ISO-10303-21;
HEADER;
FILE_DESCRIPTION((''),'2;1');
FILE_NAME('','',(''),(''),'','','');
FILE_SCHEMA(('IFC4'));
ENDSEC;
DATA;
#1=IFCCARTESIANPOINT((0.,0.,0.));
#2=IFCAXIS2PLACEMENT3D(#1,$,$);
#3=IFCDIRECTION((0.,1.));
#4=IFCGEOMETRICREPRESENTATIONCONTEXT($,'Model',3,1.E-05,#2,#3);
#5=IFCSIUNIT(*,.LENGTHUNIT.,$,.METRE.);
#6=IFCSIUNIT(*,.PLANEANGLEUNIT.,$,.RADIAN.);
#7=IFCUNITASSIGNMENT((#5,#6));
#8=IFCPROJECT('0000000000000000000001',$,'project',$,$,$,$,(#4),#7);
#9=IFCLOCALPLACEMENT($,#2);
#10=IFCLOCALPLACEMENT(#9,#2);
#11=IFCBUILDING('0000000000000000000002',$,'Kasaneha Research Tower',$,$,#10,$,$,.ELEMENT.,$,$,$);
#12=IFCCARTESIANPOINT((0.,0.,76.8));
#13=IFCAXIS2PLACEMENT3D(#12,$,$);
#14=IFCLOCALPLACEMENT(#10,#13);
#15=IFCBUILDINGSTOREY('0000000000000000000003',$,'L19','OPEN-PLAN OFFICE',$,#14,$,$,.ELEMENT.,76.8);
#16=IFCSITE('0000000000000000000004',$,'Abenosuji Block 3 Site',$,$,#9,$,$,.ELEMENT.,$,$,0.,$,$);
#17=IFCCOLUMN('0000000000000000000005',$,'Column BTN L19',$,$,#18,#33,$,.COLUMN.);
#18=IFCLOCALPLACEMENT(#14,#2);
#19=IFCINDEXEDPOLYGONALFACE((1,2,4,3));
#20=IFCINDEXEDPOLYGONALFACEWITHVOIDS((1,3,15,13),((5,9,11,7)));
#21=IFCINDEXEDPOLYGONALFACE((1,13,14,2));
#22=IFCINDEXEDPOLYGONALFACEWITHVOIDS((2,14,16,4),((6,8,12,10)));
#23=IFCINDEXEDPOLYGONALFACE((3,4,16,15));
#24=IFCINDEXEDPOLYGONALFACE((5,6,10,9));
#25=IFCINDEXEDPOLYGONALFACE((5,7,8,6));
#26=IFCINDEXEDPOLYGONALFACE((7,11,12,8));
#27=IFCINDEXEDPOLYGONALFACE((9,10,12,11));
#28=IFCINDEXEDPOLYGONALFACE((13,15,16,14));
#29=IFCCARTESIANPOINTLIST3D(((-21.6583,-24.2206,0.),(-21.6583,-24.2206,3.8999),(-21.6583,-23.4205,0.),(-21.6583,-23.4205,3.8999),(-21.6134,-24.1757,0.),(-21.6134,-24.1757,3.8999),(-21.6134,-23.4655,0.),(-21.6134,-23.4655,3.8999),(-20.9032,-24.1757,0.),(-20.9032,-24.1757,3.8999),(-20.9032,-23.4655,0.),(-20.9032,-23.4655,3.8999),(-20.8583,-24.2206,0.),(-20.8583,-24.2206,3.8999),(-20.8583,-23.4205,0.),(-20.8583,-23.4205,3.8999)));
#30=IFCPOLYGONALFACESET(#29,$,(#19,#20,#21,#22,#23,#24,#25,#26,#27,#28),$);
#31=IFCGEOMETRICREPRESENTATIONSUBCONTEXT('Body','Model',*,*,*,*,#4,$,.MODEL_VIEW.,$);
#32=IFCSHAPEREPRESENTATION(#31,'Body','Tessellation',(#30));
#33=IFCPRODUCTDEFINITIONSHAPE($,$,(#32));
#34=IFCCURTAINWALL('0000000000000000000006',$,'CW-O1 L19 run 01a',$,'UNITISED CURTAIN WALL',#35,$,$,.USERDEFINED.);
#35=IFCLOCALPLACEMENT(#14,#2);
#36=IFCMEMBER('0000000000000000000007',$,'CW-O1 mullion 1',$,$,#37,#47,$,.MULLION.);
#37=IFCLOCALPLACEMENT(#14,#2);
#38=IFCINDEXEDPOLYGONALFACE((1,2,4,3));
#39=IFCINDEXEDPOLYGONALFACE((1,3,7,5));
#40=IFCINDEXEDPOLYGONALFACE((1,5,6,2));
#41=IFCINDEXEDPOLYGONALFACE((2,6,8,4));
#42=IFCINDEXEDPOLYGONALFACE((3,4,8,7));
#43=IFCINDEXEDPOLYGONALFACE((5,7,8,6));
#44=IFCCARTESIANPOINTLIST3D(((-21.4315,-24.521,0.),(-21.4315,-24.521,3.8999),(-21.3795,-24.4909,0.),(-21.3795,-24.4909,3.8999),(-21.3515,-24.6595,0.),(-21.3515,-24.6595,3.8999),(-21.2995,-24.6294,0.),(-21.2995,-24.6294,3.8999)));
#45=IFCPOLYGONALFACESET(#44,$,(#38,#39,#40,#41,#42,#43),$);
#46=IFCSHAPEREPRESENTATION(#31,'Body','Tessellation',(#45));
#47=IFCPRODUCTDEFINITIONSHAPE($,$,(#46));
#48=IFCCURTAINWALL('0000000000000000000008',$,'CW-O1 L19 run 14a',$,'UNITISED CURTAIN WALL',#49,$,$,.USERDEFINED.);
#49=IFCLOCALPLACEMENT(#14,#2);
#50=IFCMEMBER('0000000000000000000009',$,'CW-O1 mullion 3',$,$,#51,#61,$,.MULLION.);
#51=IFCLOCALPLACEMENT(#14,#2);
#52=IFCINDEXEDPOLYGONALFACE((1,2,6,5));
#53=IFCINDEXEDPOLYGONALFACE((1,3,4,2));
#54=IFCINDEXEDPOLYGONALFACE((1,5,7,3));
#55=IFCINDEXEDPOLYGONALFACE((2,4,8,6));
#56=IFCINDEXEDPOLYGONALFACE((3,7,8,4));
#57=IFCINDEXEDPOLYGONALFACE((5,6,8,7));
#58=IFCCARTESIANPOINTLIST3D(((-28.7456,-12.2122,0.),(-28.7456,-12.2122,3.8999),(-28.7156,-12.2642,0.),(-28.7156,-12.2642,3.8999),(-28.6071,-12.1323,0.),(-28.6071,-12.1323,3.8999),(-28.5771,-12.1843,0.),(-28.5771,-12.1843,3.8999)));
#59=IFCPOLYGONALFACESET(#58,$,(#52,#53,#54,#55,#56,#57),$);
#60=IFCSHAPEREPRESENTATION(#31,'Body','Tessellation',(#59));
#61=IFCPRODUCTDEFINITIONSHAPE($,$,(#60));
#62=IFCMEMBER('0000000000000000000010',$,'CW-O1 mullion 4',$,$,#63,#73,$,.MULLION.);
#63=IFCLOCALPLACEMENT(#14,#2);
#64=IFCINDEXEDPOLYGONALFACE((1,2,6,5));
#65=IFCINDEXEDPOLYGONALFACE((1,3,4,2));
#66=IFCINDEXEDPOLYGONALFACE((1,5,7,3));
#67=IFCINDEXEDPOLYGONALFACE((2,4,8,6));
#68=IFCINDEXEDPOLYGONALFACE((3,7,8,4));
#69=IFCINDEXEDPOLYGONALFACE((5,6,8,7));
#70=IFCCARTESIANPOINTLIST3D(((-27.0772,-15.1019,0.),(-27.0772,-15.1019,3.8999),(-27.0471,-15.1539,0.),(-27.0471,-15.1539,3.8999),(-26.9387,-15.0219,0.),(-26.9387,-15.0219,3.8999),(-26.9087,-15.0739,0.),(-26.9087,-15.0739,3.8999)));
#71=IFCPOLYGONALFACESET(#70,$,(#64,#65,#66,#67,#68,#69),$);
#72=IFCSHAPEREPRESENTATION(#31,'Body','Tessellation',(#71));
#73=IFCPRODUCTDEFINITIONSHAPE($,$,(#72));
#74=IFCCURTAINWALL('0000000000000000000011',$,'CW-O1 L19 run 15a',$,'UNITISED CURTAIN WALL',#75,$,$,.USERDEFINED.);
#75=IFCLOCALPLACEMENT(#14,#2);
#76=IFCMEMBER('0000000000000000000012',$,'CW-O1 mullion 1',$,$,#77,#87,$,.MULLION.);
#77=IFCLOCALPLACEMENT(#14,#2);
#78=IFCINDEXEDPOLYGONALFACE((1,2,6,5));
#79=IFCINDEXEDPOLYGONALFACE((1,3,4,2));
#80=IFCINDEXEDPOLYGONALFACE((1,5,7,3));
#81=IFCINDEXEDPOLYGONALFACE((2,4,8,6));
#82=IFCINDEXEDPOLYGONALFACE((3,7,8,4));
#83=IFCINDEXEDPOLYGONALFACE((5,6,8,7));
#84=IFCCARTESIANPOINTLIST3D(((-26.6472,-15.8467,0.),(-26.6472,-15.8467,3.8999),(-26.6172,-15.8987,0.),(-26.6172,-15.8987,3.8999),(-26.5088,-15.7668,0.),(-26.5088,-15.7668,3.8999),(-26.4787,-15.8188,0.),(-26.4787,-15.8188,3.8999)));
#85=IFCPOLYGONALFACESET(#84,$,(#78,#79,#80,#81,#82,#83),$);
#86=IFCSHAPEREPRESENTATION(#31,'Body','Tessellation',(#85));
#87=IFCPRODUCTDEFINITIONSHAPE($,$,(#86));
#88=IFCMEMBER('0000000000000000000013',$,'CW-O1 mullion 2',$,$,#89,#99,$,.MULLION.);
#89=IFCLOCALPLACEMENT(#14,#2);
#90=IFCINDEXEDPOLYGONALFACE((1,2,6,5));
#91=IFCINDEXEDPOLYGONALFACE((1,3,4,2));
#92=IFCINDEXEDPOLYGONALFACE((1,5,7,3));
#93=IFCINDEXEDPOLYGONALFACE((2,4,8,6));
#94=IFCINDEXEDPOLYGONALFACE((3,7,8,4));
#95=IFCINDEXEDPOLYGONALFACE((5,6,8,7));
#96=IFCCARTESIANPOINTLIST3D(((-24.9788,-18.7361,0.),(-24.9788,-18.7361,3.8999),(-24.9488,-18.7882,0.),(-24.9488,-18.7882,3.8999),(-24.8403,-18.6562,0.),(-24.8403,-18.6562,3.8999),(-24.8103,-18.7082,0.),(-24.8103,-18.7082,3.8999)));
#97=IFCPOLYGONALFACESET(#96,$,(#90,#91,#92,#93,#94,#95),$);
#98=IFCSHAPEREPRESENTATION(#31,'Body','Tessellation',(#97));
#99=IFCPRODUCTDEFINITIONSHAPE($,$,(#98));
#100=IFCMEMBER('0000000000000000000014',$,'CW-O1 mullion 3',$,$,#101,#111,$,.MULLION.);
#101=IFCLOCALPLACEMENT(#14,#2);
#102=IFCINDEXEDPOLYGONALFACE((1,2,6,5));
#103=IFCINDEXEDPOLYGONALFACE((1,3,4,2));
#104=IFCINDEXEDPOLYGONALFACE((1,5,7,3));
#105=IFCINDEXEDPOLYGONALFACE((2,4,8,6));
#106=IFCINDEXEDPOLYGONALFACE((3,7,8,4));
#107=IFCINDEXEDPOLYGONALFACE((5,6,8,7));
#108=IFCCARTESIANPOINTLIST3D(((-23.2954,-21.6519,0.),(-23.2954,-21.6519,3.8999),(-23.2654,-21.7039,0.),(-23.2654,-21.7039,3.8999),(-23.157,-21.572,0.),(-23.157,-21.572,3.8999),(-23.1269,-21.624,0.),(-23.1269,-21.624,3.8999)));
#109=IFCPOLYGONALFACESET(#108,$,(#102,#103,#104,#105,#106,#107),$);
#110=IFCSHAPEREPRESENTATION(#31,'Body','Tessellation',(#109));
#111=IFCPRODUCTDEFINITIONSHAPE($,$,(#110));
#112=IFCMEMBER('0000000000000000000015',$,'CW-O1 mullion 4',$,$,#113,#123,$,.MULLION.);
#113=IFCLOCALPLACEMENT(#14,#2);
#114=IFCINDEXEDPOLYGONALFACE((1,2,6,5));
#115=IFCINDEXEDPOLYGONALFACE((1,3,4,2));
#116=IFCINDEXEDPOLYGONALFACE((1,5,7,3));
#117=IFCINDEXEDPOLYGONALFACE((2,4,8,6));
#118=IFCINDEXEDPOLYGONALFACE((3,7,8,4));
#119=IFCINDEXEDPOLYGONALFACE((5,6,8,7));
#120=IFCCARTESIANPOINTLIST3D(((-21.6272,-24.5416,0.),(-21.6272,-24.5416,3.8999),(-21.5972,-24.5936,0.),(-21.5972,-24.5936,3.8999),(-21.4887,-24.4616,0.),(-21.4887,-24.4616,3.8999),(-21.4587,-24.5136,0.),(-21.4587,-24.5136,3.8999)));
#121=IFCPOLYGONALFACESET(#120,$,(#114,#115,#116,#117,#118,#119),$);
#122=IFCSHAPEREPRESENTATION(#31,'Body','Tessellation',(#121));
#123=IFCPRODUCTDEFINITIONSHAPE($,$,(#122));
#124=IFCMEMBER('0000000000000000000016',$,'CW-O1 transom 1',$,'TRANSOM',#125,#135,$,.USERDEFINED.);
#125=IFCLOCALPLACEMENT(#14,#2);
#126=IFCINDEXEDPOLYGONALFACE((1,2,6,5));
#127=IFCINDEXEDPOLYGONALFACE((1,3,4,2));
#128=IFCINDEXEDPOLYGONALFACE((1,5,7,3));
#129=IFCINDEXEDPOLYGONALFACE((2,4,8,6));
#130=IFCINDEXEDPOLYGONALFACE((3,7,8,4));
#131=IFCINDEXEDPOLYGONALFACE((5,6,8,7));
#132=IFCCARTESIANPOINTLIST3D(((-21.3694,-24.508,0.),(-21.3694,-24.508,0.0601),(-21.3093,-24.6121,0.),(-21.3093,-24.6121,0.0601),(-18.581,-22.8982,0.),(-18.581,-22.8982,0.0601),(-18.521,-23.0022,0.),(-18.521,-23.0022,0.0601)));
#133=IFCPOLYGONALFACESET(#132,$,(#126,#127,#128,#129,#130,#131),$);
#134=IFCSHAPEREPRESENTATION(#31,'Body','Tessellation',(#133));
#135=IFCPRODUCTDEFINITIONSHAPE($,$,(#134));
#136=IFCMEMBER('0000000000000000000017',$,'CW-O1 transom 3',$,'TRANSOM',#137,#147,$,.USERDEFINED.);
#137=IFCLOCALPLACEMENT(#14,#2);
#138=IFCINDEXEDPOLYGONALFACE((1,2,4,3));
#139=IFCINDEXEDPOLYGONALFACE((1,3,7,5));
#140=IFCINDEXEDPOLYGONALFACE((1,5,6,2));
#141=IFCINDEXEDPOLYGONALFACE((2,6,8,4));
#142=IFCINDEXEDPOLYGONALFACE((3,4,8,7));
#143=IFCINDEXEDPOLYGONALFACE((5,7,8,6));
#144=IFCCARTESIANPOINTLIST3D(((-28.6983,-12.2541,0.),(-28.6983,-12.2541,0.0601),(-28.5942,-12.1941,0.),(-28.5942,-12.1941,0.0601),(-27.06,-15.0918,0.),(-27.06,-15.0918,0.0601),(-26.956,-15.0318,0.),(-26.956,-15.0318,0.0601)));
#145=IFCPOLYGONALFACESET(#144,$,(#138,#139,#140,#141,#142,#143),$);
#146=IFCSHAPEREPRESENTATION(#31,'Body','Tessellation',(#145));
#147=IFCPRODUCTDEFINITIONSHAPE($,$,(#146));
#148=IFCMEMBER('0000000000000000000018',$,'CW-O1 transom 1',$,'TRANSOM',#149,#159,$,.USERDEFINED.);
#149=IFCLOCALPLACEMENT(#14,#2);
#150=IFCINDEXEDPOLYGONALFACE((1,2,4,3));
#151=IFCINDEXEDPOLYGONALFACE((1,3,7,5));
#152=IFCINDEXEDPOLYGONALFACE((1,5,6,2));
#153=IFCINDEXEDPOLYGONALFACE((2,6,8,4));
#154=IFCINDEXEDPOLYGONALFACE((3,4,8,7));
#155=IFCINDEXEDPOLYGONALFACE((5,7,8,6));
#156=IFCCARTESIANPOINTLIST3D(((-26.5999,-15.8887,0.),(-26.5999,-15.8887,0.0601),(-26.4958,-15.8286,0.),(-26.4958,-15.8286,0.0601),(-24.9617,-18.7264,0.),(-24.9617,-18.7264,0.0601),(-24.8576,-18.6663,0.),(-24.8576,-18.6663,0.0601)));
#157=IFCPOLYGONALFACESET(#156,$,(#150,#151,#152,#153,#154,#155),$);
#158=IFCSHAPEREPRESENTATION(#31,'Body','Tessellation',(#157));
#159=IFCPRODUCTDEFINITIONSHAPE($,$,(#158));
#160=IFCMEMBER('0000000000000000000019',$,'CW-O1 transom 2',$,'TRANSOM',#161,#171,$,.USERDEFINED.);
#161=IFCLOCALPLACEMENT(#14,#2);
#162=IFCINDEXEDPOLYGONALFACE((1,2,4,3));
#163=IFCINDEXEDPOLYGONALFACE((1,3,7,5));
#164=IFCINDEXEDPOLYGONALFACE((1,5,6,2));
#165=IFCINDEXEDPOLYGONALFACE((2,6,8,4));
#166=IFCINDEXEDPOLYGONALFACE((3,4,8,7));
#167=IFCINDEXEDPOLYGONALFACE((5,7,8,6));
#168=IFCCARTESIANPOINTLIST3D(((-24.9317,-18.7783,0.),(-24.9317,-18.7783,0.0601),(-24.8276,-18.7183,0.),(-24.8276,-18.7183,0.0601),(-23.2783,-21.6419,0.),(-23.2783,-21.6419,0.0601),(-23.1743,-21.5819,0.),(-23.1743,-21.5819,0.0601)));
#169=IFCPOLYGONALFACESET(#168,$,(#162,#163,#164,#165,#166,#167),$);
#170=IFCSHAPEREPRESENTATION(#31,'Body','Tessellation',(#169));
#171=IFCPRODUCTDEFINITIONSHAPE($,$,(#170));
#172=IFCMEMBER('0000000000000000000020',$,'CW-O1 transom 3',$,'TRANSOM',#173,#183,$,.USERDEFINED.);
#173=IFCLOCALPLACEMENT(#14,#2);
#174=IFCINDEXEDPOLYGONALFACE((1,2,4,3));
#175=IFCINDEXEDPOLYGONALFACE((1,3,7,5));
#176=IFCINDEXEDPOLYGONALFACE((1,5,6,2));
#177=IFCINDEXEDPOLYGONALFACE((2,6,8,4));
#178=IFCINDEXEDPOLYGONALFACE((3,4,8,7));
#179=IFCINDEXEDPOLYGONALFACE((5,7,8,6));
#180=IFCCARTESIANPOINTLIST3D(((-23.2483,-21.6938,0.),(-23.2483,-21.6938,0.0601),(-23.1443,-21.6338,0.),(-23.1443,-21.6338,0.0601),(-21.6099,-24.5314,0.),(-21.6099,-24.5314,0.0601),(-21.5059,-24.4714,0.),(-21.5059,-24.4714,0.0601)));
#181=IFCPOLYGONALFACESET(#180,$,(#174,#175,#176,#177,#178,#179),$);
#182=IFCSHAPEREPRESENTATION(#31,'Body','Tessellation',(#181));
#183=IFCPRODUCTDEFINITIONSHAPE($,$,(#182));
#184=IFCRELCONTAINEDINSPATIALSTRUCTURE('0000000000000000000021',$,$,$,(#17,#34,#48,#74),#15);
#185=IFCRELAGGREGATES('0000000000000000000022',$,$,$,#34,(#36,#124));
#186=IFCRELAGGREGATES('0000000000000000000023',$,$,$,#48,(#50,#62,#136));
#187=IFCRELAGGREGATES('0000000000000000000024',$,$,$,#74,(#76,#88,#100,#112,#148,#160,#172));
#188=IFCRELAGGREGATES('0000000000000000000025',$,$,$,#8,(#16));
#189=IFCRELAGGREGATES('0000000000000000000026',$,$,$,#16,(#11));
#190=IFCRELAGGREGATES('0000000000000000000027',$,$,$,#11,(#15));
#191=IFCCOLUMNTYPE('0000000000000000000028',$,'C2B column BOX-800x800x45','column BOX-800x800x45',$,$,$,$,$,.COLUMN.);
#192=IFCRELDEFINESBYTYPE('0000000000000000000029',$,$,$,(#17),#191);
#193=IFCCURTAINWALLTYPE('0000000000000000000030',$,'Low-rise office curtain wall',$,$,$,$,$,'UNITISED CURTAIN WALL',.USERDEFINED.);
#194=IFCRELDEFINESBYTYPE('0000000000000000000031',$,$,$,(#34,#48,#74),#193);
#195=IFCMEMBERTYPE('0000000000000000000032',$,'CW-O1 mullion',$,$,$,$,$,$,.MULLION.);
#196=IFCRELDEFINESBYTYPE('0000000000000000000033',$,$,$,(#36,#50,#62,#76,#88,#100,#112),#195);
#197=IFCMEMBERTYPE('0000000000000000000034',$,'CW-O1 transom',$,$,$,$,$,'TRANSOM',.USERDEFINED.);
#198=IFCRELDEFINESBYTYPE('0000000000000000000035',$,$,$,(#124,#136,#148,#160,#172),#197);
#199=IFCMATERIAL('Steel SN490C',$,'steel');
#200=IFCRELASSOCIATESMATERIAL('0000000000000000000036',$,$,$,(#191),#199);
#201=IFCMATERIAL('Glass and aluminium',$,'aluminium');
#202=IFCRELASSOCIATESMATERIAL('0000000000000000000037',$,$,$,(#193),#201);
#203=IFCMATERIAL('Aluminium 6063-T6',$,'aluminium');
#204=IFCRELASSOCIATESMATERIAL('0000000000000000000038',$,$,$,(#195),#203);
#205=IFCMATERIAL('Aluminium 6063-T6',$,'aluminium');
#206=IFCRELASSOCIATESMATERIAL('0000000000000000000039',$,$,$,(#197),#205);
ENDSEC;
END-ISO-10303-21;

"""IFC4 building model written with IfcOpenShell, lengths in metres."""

from ifc_helpers import new_model, si_unit, direction, frame, origin, origin_2d, place, context, subcontext, project, spatial, rectangle, hollow_rectangle, extrude, material, material_profile, profile_set, type_object, element, aggregate, save


model = new_model("IFC4")

# Units and contexts
model_context = context("Model", 3, precision=1e-05, world=origin(), true_north=direction((0.0, 1.0)))
body_context = subcontext(model_context, "Body", "Model", "MODEL_VIEW")
ifc_project = project(units=[si_unit("LENGTHUNIT", "METRE"), si_unit("PLANEANGLEUNIT", "RADIAN")], contexts=[model_context])

# Site, building, storey
site_placement = place(None, origin())
site = spatial("IfcSite", under=ifc_project, at=site_placement, Name="Abenosuji Block 3 Site", CompositionType="ELEMENT", RefElevation=0.0)
building_placement = place(site_placement, origin())
building = spatial("IfcBuilding", under=site, at=building_placement, Name="Kasaneha Research Tower", CompositionType="ELEMENT")
storey_placement = place(building_placement, frame((0.0, 0.0, 76.8)))
storey = spatial("IfcBuildingStorey", under=building, at=storey_placement, Name="L19", Description="OPEN-PLAN OFFICE", CompositionType="ELEMENT", Elevation=76.8)

# Column
ifc_material_1 = material(Name="Steel SN490C", Category="steel")
ifc_material_profile_1 = material_profile(ifc_material_1, hollow_rectangle(XDim=0.8, YDim=0.8, WallThickness=0.0449, at=origin_2d()), Name="BOX-800x800x45")
ifc_profile_set_1 = profile_set([ifc_material_profile_1], Name="Steel SN490C")
column_type = type_object("IfcColumnType", Name="C2B column BOX-800x800x45", Description="column BOX-800x800x45", PredefinedType="COLUMN", material=ifc_profile_set_1)
column_placement = place(storey_placement, frame((-21.2583, -23.8206, 0.0), z_axis=(0.0, 0.0, 1.0), x_axis=(1.0, 0.0, 0.0)))
element("IfcColumn", 1, at=column_placement, inside=storey, type_object=column_type, Name="Column BTN L19", PredefinedType="COLUMN", context=body_context, shape_type="SweptSolid", body=[
    extrude(hollow_rectangle(XDim=0.8, YDim=0.8, WallThickness=0.0449, at=origin_2d()), origin(), (0.0, 0.0, 1.0), 3.8999),
])

# Curtain wall, member
ifc_material_2 = material(Name="Glass and aluminium", Category="aluminium")
curtain_wall_type = type_object("IfcCurtainWallType", Name="Low-rise office curtain wall", ElementType="UNITISED CURTAIN WALL", PredefinedType="USERDEFINED", material=ifc_material_2)
curtain_wall_1_placement = place(storey_placement, origin())
curtain_wall_1 = element("IfcCurtainWall", 2, at=curtain_wall_1_placement, inside=storey, type_object=curtain_wall_type, Name="CW-O1 L19 run 01a", ObjectType="UNITISED CURTAIN WALL", PredefinedType="USERDEFINED")
ifc_material_3 = material(Name="Aluminium 6063-T6", Category="aluminium")
ifc_material_profile_2 = material_profile(ifc_material_3, rectangle(XDim=0.0601, YDim=0.1599, at=origin_2d()), Name="CW-O1 mullion 60x160")
ifc_profile_set_2 = profile_set([ifc_material_profile_2], Name="Aluminium 6063-T6")
member_type_1 = type_object("IfcMemberType", Name="CW-O1 mullion", PredefinedType="MULLION", material=ifc_profile_set_2)
member_1_placement = place(storey_placement, frame((-21.3655, -24.5752, 0.0), z_axis=(0.0, 0.0, 1.0), x_axis=(0.866025, 0.5, 0.0)))
member_1 = element("IfcMember", 3, at=member_1_placement, type_object=member_type_1, Name="CW-O1 mullion 1", PredefinedType="MULLION", context=body_context, shape_type="SweptSolid", body=[
    extrude(rectangle(XDim=0.0601, YDim=0.1599, at=origin_2d()), origin(), (0.0, 0.0, 1.0), 3.8999),
])

# Curtain walls, members
curtain_wall_2_placement = place(storey_placement, origin())
curtain_wall_2 = element("IfcCurtainWall", 4, at=curtain_wall_2_placement, inside=storey, type_object=curtain_wall_type, Name="CW-O1 L19 run 14a", ObjectType="UNITISED CURTAIN WALL", PredefinedType="USERDEFINED")
member_2_placement = place(storey_placement, frame((-28.6614, -12.1982, 0.0), z_axis=(0.0, 0.0, 1.0), x_axis=(0.5, -0.866025, 0.0)))
member_2 = element("IfcMember", 5, at=member_2_placement, type_object=member_type_1, Name="CW-O1 mullion 3", PredefinedType="MULLION", context=body_context, shape_type="SweptSolid", body=[
    extrude(rectangle(XDim=0.0601, YDim=0.1599, at=origin_2d()), origin(), (0.0, 0.0, 1.0), 3.8999),
])
member_3_placement = place(storey_placement, frame((-26.9929, -15.0879, 0.0), z_axis=(0.0, 0.0, 1.0), x_axis=(0.5, -0.866025, 0.0)))
member_3 = element("IfcMember", 6, at=member_3_placement, type_object=member_type_1, Name="CW-O1 mullion 4", PredefinedType="MULLION", context=body_context, shape_type="SweptSolid", body=[
    extrude(rectangle(XDim=0.0601, YDim=0.1599, at=origin_2d()), origin(), (0.0, 0.0, 1.0), 3.8999),
])
curtain_wall_3_placement = place(storey_placement, origin())
curtain_wall_3 = element("IfcCurtainWall", 7, at=curtain_wall_3_placement, inside=storey, type_object=curtain_wall_type, Name="CW-O1 L19 run 15a", ObjectType="UNITISED CURTAIN WALL", PredefinedType="USERDEFINED")
member_4_placement = place(storey_placement, frame((-26.563, -15.8328, 0.0), z_axis=(0.0, 0.0, 1.0), x_axis=(0.5, -0.866025, 0.0)))
member_4 = element("IfcMember", 8, at=member_4_placement, type_object=member_type_1, Name="CW-O1 mullion 1", PredefinedType="MULLION", context=body_context, shape_type="SweptSolid", body=[
    extrude(rectangle(XDim=0.0601, YDim=0.1599, at=origin_2d()), origin(), (0.0, 0.0, 1.0), 3.8999),
])
member_5_placement = place(storey_placement, frame((-24.8945, -18.7222, 0.0), z_axis=(0.0, 0.0, 1.0), x_axis=(0.5, -0.866025, 0.0)))
member_5 = element("IfcMember", 9, at=member_5_placement, type_object=member_type_1, Name="CW-O1 mullion 2", PredefinedType="MULLION", context=body_context, shape_type="SweptSolid", body=[
    extrude(rectangle(XDim=0.0601, YDim=0.1599, at=origin_2d()), origin(), (0.0, 0.0, 1.0), 3.8999),
])
member_6_placement = place(storey_placement, frame((-23.2112, -21.6379, 0.0), z_axis=(0.0, 0.0, 1.0), x_axis=(0.5, -0.866025, 0.0)))
member_6 = element("IfcMember", 10, at=member_6_placement, type_object=member_type_1, Name="CW-O1 mullion 3", PredefinedType="MULLION", context=body_context, shape_type="SweptSolid", body=[
    extrude(rectangle(XDim=0.0601, YDim=0.1599, at=origin_2d()), origin(), (0.0, 0.0, 1.0), 3.8999),
])
member_7_placement = place(storey_placement, frame((-21.543, -24.5276, 0.0), z_axis=(0.0, 0.0, 1.0), x_axis=(0.5, -0.866025, 0.0)))
member_7 = element("IfcMember", 11, at=member_7_placement, type_object=member_type_1, Name="CW-O1 mullion 4", PredefinedType="MULLION", context=body_context, shape_type="SweptSolid", body=[
    extrude(rectangle(XDim=0.0601, YDim=0.1599, at=origin_2d()), origin(), (0.0, 0.0, 1.0), 3.8999),
])

# Members
ifc_material_4 = material(Name="Aluminium 6063-T6", Category="aluminium")
ifc_material_profile_3 = material_profile(ifc_material_4, rectangle(XDim=0.1201, YDim=0.0601, at=origin_2d()), Name="CW-O1 transom 120x60")
ifc_profile_set_3 = profile_set([ifc_material_profile_3], Name="Aluminium 6063-T6")
member_type_2 = type_object("IfcMemberType", Name="CW-O1 transom", ElementType="TRANSOM", PredefinedType="USERDEFINED", material=ifc_profile_set_3)
member_8_placement = place(storey_placement, frame((-21.3394, -24.5601, 0.03), z_axis=(0.866023, 0.500005, 0.0), x_axis=(-0.500005, 0.866023, 0.0)))
member_8 = element("IfcMember", 12, at=member_8_placement, type_object=member_type_2, Name="CW-O1 transom 1", ObjectType="TRANSOM", PredefinedType="USERDEFINED", context=body_context, shape_type="SweptSolid", body=[
    extrude(rectangle(XDim=0.1201, YDim=0.0601, at=origin_2d()), origin(), (0.0, 0.0, 1.0), 3.2197),
])
member_9_placement = place(storey_placement, frame((-28.6462, -12.2241, 0.03), z_axis=(0.49997, -0.866043, 0.0), x_axis=(0.866043, 0.49997, 0.0)))
member_9 = element("IfcMember", 13, at=member_9_placement, type_object=member_type_2, Name="CW-O1 transom 3", ObjectType="TRANSOM", PredefinedType="USERDEFINED", context=body_context, shape_type="SweptSolid", body=[
    extrude(rectangle(XDim=0.1201, YDim=0.0601, at=origin_2d()), origin(), (0.0, 0.0, 1.0), 3.2766),
])
member_10_placement = place(storey_placement, frame((-26.5479, -15.8586, 0.03), z_axis=(0.49997, -0.866043, 0.0), x_axis=(0.866043, 0.49997, 0.0)))
member_10 = element("IfcMember", 14, at=member_10_placement, type_object=member_type_2, Name="CW-O1 transom 1", ObjectType="TRANSOM", PredefinedType="USERDEFINED", context=body_context, shape_type="SweptSolid", body=[
    extrude(rectangle(XDim=0.1201, YDim=0.0601, at=origin_2d()), origin(), (0.0, 0.0, 1.0), 3.2766),
])
member_11_placement = place(storey_placement, frame((-24.8796, -18.7483, 0.03), z_axis=(0.500014, -0.866017, 0.0), x_axis=(0.866017, 0.500014, 0.0)))
member_11 = element("IfcMember", 15, at=member_11_placement, type_object=member_type_2, Name="CW-O1 transom 2", ObjectType="TRANSOM", PredefinedType="USERDEFINED", context=body_context, shape_type="SweptSolid", body=[
    extrude(rectangle(XDim=0.1201, YDim=0.0601, at=origin_2d()), origin(), (0.0, 0.0, 1.0), 3.3066),
])
member_12_placement = place(storey_placement, frame((-23.1963, -21.6638, 0.03), z_axis=(0.500026, -0.866011, 0.0), x_axis=(0.866011, 0.500026, 0.0)))
member_12 = element("IfcMember", 16, at=member_12_placement, type_object=member_type_2, Name="CW-O1 transom 3", ObjectType="TRANSOM", PredefinedType="USERDEFINED", context=body_context, shape_type="SweptSolid", body=[
    extrude(rectangle(XDim=0.1201, YDim=0.0601, at=origin_2d()), origin(), (0.0, 0.0, 1.0), 3.2766),
])

aggregate(curtain_wall_1, [member_1, member_8])
aggregate(curtain_wall_2, [member_2, member_3, member_9])
aggregate(curtain_wall_3, [member_4, member_5, member_6, member_7, member_10, member_11, member_12])

save(model, "model.ifc")
